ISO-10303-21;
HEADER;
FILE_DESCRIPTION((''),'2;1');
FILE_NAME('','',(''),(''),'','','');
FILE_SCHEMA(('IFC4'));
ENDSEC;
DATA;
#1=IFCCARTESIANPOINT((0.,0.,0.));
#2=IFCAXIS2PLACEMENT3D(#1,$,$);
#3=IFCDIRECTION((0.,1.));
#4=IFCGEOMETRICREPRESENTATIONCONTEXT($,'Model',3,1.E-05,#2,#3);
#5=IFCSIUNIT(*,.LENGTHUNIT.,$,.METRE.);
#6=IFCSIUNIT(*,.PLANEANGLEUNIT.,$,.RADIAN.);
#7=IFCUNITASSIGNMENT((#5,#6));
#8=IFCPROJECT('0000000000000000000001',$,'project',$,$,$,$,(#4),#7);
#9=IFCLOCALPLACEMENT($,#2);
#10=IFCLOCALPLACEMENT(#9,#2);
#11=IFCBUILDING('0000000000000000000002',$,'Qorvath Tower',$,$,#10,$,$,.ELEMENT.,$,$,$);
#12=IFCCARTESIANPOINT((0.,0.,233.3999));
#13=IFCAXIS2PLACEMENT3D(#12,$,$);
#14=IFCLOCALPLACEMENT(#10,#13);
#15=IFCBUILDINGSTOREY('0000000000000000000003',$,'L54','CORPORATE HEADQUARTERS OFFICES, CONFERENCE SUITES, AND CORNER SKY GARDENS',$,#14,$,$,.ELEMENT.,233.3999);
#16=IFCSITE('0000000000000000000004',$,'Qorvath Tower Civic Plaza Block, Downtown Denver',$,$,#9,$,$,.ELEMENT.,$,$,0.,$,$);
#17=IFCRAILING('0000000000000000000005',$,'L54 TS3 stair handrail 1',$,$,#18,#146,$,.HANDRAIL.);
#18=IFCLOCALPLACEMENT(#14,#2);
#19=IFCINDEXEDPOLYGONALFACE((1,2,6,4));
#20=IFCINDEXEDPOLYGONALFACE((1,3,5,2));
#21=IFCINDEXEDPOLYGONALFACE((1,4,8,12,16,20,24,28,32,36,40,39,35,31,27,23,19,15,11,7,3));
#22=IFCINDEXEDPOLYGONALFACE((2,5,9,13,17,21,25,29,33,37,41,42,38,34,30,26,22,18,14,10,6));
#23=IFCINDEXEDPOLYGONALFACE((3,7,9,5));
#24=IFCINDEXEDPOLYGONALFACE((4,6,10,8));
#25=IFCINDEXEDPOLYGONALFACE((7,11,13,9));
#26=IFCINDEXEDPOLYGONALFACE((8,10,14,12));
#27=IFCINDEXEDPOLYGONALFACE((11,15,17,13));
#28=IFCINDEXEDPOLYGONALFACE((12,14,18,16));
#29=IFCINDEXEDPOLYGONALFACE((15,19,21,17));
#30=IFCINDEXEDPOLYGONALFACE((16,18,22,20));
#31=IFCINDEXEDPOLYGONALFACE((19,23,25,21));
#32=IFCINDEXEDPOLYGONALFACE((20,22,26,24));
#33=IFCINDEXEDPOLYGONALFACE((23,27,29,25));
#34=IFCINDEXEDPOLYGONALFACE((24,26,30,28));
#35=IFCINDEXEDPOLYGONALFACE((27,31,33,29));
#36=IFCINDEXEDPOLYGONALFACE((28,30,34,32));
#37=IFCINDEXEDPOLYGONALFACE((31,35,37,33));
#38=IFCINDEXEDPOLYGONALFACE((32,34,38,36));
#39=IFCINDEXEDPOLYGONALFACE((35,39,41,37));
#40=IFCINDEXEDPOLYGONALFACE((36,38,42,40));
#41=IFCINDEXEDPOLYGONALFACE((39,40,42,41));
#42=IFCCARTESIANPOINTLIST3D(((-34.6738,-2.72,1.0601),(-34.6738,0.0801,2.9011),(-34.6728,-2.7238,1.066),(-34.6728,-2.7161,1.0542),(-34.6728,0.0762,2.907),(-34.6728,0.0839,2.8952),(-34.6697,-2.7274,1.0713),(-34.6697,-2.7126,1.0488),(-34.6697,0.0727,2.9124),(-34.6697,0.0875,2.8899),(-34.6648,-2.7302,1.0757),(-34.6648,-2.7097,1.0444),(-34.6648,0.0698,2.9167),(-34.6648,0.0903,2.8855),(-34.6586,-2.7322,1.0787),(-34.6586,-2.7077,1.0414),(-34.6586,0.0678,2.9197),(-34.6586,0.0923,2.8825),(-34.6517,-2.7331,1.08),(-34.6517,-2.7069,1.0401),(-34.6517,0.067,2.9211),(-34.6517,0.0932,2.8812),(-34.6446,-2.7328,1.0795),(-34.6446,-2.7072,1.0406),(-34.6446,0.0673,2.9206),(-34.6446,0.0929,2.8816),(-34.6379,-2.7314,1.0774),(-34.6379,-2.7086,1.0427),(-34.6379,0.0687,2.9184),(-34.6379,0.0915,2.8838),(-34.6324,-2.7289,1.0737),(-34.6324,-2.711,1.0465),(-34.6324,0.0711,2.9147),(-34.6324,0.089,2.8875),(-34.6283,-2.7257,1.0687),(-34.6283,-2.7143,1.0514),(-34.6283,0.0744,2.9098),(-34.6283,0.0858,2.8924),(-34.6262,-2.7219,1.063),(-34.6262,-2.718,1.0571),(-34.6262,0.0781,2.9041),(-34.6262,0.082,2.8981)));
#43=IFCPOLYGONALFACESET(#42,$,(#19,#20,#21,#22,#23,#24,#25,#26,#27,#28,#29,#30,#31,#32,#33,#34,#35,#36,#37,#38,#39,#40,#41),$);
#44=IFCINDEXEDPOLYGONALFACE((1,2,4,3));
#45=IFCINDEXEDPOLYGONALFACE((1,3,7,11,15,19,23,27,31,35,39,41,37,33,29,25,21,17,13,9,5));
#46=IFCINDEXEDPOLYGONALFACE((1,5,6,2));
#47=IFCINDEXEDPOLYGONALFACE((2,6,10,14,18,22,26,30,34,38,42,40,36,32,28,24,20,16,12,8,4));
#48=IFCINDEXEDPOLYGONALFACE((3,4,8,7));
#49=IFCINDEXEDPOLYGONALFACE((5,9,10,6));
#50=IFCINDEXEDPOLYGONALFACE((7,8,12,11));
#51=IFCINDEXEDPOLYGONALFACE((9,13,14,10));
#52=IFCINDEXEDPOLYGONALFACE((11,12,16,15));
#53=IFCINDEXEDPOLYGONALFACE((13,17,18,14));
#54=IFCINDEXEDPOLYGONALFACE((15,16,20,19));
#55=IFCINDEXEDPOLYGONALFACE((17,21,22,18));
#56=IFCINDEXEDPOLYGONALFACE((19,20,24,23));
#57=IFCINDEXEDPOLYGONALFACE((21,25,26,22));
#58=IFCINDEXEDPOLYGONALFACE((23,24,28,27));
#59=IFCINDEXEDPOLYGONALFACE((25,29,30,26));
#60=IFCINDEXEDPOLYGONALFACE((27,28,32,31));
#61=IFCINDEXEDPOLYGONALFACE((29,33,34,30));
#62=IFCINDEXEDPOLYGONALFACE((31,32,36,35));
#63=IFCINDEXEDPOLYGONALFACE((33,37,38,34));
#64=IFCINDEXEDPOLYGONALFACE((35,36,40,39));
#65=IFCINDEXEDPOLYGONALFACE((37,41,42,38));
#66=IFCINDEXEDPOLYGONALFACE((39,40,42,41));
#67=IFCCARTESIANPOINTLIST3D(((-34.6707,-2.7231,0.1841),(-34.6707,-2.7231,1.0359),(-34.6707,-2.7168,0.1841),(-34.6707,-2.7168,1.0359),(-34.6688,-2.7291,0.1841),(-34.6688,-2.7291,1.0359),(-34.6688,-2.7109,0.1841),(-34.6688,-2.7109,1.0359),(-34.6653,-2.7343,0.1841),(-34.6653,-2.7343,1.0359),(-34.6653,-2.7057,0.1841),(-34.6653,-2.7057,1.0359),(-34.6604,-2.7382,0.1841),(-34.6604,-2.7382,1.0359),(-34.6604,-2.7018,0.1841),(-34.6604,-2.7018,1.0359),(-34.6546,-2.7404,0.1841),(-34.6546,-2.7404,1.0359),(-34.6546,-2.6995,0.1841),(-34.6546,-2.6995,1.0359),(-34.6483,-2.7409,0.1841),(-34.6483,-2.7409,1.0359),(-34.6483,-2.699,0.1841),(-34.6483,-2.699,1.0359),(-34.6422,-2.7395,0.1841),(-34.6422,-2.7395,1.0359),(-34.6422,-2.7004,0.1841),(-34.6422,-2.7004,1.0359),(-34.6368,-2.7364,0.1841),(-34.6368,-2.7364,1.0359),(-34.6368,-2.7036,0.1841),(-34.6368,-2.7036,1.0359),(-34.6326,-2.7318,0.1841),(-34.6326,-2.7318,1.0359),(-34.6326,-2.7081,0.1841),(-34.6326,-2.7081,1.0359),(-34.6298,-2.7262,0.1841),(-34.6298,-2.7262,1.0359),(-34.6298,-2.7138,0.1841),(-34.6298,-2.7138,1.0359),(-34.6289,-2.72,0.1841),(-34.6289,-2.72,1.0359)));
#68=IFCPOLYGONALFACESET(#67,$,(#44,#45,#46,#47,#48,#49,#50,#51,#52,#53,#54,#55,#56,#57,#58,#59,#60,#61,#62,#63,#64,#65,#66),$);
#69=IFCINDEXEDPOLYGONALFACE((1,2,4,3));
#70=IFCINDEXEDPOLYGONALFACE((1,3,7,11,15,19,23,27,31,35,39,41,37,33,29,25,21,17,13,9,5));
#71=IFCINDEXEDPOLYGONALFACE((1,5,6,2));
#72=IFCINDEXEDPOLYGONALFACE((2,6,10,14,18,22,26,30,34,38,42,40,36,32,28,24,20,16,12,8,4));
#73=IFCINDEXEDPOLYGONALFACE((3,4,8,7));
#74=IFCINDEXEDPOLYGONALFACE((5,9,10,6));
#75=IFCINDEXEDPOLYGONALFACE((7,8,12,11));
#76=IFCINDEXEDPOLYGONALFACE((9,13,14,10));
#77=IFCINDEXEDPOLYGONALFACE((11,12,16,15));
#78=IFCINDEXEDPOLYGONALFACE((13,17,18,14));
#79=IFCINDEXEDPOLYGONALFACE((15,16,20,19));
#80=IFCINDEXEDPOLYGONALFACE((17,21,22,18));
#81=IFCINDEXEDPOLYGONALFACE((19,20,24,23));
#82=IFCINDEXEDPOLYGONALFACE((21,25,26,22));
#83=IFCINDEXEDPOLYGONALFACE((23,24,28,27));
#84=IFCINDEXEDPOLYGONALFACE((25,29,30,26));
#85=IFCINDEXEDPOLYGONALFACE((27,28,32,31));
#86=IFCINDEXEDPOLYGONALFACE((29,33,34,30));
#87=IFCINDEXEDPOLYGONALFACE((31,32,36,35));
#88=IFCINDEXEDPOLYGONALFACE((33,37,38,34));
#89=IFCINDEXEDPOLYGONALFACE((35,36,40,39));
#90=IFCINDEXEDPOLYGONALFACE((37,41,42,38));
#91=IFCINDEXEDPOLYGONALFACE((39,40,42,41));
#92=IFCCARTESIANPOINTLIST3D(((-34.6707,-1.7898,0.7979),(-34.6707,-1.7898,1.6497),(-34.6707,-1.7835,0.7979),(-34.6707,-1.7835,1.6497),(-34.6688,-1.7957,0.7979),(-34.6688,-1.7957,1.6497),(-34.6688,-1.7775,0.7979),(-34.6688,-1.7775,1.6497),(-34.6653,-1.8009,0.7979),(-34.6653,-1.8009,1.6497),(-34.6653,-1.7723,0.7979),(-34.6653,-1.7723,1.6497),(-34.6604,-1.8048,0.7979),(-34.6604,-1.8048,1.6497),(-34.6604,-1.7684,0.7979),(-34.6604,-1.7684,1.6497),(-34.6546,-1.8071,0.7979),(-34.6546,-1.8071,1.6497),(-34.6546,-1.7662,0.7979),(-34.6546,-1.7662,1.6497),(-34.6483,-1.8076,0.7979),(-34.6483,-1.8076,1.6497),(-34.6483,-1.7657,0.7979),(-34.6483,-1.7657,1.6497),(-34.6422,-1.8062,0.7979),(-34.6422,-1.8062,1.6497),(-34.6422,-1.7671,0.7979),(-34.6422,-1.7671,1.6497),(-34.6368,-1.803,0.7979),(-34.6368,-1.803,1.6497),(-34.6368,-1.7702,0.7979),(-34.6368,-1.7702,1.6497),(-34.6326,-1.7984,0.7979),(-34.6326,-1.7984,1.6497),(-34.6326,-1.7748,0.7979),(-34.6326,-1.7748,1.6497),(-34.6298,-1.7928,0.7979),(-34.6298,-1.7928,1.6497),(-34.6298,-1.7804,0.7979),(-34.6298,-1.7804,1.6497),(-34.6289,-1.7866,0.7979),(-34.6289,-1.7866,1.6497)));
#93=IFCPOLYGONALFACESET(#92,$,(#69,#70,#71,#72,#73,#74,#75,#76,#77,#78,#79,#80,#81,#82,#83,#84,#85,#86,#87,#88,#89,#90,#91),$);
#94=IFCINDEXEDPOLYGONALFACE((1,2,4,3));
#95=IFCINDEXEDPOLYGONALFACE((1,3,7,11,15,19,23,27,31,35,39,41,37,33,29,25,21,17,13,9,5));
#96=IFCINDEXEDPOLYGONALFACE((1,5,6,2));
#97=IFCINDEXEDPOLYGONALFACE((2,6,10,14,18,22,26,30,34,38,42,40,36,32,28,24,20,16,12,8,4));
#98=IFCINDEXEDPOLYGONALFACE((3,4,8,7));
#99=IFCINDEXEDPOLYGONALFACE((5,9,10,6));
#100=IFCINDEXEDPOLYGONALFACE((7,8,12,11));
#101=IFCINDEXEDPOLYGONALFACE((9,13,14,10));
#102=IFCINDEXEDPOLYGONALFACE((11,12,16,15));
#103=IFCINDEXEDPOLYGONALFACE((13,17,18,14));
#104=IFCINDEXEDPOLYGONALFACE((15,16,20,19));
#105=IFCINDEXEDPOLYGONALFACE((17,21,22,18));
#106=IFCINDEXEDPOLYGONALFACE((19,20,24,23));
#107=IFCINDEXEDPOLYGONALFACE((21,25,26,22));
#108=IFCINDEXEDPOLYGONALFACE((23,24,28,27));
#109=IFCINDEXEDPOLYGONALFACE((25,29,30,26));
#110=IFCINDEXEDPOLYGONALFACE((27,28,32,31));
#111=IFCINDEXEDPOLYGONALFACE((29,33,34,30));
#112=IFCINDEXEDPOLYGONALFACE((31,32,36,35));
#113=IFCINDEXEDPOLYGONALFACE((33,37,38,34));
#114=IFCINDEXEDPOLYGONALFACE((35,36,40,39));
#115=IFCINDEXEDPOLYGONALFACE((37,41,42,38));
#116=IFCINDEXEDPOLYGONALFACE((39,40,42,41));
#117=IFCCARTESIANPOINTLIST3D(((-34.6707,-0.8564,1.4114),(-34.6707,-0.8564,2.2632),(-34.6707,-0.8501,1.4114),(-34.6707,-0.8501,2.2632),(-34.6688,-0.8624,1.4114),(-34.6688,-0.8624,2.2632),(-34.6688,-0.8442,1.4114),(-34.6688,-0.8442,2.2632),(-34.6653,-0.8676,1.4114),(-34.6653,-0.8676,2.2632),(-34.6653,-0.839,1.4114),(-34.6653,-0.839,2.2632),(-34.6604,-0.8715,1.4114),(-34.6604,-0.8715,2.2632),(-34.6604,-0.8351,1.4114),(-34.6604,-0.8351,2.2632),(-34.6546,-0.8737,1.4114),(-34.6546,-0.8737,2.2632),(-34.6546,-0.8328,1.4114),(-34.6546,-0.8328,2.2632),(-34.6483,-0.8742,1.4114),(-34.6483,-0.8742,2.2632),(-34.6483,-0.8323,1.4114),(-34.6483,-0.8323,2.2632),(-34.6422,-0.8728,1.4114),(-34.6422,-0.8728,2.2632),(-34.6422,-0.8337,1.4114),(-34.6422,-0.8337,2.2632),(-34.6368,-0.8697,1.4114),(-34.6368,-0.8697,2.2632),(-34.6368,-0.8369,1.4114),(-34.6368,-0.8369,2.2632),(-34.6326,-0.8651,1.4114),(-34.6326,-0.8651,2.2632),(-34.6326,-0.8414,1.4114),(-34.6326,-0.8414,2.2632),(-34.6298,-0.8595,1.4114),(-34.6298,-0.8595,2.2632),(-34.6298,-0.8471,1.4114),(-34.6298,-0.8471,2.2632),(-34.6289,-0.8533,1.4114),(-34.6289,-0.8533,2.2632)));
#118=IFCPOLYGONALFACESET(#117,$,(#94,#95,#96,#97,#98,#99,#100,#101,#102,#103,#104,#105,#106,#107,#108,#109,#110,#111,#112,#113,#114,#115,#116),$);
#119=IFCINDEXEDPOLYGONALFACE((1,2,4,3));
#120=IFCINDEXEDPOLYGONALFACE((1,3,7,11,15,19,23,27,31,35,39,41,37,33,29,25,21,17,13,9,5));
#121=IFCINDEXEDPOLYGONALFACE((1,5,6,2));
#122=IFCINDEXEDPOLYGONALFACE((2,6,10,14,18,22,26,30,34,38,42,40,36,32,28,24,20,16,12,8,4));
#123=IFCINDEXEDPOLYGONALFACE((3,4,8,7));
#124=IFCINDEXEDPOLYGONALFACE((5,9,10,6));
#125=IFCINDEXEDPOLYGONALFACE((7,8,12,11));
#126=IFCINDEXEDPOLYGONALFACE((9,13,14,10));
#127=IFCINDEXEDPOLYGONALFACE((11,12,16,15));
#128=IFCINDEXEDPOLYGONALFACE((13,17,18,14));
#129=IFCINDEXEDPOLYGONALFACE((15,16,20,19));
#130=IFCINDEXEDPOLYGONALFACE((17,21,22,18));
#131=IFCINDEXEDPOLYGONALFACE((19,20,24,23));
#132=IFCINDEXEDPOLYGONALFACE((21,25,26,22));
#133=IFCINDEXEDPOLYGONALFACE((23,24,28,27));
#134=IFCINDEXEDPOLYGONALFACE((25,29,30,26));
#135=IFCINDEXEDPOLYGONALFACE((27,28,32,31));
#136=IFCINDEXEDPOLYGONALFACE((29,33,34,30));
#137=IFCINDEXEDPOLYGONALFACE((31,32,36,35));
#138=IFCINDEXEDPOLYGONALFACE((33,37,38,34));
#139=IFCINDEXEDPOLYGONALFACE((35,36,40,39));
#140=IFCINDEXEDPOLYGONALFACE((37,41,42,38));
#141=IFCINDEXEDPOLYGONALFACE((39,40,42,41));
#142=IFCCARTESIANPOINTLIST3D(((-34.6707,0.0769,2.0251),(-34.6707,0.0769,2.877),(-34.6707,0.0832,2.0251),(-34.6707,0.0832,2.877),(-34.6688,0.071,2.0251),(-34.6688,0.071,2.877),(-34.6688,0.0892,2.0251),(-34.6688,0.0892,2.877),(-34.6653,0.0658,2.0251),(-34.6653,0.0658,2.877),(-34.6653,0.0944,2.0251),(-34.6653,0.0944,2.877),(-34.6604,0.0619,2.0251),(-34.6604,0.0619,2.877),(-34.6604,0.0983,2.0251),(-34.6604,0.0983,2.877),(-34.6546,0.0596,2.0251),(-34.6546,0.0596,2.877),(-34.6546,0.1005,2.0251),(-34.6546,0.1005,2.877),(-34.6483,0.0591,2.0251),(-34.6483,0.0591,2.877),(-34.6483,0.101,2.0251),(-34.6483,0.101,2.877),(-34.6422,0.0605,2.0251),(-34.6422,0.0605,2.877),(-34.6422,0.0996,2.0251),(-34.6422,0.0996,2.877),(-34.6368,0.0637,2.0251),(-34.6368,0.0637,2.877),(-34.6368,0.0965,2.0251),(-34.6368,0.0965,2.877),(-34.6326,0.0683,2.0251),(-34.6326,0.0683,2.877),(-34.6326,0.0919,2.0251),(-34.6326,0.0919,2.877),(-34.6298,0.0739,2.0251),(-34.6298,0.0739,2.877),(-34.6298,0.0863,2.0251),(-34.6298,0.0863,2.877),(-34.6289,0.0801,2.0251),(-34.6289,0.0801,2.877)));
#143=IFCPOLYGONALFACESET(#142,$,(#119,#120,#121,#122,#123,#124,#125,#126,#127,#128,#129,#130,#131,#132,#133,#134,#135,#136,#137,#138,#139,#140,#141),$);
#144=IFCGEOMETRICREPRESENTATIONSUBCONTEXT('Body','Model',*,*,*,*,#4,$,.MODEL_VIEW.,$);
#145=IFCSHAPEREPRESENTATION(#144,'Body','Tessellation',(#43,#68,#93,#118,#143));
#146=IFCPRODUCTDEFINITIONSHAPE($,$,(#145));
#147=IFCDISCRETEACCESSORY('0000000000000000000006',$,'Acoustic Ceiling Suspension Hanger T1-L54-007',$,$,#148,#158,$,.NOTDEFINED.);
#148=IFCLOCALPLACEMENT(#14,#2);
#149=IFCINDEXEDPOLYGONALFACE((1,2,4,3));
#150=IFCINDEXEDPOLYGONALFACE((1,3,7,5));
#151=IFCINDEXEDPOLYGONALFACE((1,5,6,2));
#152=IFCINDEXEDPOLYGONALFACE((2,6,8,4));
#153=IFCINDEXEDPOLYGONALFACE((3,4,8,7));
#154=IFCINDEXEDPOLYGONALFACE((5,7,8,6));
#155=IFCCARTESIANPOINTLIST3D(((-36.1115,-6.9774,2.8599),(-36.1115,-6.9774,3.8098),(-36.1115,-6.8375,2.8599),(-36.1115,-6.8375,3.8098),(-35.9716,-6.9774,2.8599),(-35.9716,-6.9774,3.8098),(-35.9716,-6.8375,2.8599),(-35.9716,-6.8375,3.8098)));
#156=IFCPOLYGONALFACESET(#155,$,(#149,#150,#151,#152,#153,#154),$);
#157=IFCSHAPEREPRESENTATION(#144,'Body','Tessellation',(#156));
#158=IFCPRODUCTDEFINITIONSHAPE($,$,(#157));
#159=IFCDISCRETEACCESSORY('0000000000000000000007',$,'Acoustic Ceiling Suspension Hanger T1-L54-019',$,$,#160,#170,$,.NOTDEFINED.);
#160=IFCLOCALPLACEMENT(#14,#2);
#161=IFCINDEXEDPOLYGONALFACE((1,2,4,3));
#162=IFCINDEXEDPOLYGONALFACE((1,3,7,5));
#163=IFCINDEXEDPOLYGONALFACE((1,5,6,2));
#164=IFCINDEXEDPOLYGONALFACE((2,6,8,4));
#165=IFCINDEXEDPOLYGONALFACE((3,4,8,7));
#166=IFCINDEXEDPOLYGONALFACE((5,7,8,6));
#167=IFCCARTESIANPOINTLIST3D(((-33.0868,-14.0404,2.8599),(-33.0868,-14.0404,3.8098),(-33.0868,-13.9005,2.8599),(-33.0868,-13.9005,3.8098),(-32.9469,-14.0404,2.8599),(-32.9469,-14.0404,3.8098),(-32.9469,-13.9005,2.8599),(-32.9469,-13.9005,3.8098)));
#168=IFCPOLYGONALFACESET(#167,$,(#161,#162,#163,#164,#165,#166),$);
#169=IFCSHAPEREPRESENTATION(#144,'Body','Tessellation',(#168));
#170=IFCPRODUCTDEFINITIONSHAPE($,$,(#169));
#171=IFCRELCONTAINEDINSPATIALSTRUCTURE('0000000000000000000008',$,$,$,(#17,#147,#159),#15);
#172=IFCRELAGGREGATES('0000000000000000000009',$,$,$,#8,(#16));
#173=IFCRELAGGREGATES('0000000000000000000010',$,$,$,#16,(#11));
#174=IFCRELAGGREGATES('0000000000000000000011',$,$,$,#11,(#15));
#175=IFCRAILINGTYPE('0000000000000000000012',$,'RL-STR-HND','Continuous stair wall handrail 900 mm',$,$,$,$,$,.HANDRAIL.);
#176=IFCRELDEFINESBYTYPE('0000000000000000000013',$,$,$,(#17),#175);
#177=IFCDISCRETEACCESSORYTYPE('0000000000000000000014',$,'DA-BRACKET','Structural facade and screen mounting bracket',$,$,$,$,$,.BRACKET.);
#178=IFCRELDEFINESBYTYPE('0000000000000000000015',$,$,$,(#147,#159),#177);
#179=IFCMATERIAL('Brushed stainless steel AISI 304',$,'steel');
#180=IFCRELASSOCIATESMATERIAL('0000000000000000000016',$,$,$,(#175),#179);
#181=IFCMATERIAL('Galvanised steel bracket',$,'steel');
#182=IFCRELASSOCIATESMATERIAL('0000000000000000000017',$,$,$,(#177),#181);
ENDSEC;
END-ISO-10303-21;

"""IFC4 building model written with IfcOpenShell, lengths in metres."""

from ifc_helpers import new_model, si_unit, direction, frame, origin, origin_2d, place, context, subcontext, project, spatial, rectangle, circle, extrude, material, type_object, element, save


model = new_model("IFC4")

# Units and contexts
model_context = context("Model", 3, precision=1e-05, world=origin(), true_north=direction((0.0, 1.0)))
body_context = subcontext(model_context, "Body", "Model", "MODEL_VIEW")
ifc_project = project(units=[si_unit("LENGTHUNIT", "METRE"), si_unit("PLANEANGLEUNIT", "RADIAN")], contexts=[model_context])

# Site, building, storey
site_placement = place(None, origin())
site = spatial("IfcSite", under=ifc_project, at=site_placement, Name="Qorvath Tower Civic Plaza Block, Downtown Denver", CompositionType="ELEMENT", RefElevation=0.0)
building_placement = place(site_placement, origin())
building = spatial("IfcBuilding", under=site, at=building_placement, Name="Qorvath Tower", CompositionType="ELEMENT")
storey_placement = place(building_placement, frame((0.0, 0.0, 233.3999)))
storey = spatial("IfcBuildingStorey", under=building, at=storey_placement, Name="L54", Description="CORPORATE HEADQUARTERS OFFICES, CONFERENCE SUITES, AND CORNER SKY GARDENS", CompositionType="ELEMENT", Elevation=233.3999)

# Railing
ifc_material_1 = material(Name="Brushed stainless steel AISI 304", Category="steel")
railing_type_1 = type_object("IfcRailingType", Name="RL-STR-HND", Description="Continuous stair wall handrail 900 mm", PredefinedType="HANDRAIL", material=ifc_material_1)
railing_1_placement = place(storey_placement, frame((-34.6499, -2.72, 0.1841)))
element("IfcRailing", 1, at=railing_1_placement, inside=storey, type_object=railing_type_1, Name="L54 TS3 stair handrail 1", PredefinedType="HANDRAIL", context=body_context, shape_type="SweptSolid", body=[
    extrude(circle(Radius=0.0239, at=origin_2d()), frame((0.0, 0.0, 0.876), z_axis=(0.0, 0.835564, 0.549393), x_axis=(-1.0, 0.0, 0.0)), (0.0, 0.0, 1.0), 3.3511),
    extrude(circle(Radius=0.021, at=origin_2d()), origin(), (0.0, 0.0, 1.0), 0.8518),
    extrude(circle(Radius=0.021, at=origin_2d()), frame((0.0, 0.9333, 0.6138)), (0.0, 0.0, 1.0), 0.8518),
    extrude(circle(Radius=0.021, at=origin_2d()), frame((0.0, 1.8667, 1.2273)), (0.0, 0.0, 1.0), 0.8518),
    extrude(circle(Radius=0.021, at=origin_2d()), frame((0.0, 2.8, 1.8411)), (0.0, 0.0, 1.0), 0.8518),
])

# Discrete accessories
ifc_material_2 = material(Name="Galvanised steel bracket", Category="steel")
discrete_accessory_type = type_object("IfcDiscreteAccessoryType", Name="DA-BRACKET", Description="Structural facade and screen mounting bracket", PredefinedType="BRACKET", material=ifc_material_2)
for number, where, z_axis, x_axis, name in (
    (2, (-36.0415, -6.9075, 2.8599), (0.0, 0.0, 1.0), (1.0, 0.0, 0.0), "Acoustic Ceiling Suspension Hanger T1-L54-007"),
    (3, (-33.0168, -13.9705, 2.8599), (0.0, 0.0, 1.0), (1.0, 0.0, 0.0), "Acoustic Ceiling Suspension Hanger T1-L54-019"),
):
    element("IfcDiscreteAccessory", number, at=place(storey_placement, frame(where, z_axis=z_axis, x_axis=x_axis)), inside=storey, type_object=discrete_accessory_type, Name=name, PredefinedType="NOTDEFINED", context=body_context, shape_type="SweptSolid", body=[
        extrude(rectangle(XDim=0.1399, YDim=0.1399, at=origin_2d()), origin(), (0.0, 0.0, 1.0), 0.95),
    ])

save(model, "model.ifc")
